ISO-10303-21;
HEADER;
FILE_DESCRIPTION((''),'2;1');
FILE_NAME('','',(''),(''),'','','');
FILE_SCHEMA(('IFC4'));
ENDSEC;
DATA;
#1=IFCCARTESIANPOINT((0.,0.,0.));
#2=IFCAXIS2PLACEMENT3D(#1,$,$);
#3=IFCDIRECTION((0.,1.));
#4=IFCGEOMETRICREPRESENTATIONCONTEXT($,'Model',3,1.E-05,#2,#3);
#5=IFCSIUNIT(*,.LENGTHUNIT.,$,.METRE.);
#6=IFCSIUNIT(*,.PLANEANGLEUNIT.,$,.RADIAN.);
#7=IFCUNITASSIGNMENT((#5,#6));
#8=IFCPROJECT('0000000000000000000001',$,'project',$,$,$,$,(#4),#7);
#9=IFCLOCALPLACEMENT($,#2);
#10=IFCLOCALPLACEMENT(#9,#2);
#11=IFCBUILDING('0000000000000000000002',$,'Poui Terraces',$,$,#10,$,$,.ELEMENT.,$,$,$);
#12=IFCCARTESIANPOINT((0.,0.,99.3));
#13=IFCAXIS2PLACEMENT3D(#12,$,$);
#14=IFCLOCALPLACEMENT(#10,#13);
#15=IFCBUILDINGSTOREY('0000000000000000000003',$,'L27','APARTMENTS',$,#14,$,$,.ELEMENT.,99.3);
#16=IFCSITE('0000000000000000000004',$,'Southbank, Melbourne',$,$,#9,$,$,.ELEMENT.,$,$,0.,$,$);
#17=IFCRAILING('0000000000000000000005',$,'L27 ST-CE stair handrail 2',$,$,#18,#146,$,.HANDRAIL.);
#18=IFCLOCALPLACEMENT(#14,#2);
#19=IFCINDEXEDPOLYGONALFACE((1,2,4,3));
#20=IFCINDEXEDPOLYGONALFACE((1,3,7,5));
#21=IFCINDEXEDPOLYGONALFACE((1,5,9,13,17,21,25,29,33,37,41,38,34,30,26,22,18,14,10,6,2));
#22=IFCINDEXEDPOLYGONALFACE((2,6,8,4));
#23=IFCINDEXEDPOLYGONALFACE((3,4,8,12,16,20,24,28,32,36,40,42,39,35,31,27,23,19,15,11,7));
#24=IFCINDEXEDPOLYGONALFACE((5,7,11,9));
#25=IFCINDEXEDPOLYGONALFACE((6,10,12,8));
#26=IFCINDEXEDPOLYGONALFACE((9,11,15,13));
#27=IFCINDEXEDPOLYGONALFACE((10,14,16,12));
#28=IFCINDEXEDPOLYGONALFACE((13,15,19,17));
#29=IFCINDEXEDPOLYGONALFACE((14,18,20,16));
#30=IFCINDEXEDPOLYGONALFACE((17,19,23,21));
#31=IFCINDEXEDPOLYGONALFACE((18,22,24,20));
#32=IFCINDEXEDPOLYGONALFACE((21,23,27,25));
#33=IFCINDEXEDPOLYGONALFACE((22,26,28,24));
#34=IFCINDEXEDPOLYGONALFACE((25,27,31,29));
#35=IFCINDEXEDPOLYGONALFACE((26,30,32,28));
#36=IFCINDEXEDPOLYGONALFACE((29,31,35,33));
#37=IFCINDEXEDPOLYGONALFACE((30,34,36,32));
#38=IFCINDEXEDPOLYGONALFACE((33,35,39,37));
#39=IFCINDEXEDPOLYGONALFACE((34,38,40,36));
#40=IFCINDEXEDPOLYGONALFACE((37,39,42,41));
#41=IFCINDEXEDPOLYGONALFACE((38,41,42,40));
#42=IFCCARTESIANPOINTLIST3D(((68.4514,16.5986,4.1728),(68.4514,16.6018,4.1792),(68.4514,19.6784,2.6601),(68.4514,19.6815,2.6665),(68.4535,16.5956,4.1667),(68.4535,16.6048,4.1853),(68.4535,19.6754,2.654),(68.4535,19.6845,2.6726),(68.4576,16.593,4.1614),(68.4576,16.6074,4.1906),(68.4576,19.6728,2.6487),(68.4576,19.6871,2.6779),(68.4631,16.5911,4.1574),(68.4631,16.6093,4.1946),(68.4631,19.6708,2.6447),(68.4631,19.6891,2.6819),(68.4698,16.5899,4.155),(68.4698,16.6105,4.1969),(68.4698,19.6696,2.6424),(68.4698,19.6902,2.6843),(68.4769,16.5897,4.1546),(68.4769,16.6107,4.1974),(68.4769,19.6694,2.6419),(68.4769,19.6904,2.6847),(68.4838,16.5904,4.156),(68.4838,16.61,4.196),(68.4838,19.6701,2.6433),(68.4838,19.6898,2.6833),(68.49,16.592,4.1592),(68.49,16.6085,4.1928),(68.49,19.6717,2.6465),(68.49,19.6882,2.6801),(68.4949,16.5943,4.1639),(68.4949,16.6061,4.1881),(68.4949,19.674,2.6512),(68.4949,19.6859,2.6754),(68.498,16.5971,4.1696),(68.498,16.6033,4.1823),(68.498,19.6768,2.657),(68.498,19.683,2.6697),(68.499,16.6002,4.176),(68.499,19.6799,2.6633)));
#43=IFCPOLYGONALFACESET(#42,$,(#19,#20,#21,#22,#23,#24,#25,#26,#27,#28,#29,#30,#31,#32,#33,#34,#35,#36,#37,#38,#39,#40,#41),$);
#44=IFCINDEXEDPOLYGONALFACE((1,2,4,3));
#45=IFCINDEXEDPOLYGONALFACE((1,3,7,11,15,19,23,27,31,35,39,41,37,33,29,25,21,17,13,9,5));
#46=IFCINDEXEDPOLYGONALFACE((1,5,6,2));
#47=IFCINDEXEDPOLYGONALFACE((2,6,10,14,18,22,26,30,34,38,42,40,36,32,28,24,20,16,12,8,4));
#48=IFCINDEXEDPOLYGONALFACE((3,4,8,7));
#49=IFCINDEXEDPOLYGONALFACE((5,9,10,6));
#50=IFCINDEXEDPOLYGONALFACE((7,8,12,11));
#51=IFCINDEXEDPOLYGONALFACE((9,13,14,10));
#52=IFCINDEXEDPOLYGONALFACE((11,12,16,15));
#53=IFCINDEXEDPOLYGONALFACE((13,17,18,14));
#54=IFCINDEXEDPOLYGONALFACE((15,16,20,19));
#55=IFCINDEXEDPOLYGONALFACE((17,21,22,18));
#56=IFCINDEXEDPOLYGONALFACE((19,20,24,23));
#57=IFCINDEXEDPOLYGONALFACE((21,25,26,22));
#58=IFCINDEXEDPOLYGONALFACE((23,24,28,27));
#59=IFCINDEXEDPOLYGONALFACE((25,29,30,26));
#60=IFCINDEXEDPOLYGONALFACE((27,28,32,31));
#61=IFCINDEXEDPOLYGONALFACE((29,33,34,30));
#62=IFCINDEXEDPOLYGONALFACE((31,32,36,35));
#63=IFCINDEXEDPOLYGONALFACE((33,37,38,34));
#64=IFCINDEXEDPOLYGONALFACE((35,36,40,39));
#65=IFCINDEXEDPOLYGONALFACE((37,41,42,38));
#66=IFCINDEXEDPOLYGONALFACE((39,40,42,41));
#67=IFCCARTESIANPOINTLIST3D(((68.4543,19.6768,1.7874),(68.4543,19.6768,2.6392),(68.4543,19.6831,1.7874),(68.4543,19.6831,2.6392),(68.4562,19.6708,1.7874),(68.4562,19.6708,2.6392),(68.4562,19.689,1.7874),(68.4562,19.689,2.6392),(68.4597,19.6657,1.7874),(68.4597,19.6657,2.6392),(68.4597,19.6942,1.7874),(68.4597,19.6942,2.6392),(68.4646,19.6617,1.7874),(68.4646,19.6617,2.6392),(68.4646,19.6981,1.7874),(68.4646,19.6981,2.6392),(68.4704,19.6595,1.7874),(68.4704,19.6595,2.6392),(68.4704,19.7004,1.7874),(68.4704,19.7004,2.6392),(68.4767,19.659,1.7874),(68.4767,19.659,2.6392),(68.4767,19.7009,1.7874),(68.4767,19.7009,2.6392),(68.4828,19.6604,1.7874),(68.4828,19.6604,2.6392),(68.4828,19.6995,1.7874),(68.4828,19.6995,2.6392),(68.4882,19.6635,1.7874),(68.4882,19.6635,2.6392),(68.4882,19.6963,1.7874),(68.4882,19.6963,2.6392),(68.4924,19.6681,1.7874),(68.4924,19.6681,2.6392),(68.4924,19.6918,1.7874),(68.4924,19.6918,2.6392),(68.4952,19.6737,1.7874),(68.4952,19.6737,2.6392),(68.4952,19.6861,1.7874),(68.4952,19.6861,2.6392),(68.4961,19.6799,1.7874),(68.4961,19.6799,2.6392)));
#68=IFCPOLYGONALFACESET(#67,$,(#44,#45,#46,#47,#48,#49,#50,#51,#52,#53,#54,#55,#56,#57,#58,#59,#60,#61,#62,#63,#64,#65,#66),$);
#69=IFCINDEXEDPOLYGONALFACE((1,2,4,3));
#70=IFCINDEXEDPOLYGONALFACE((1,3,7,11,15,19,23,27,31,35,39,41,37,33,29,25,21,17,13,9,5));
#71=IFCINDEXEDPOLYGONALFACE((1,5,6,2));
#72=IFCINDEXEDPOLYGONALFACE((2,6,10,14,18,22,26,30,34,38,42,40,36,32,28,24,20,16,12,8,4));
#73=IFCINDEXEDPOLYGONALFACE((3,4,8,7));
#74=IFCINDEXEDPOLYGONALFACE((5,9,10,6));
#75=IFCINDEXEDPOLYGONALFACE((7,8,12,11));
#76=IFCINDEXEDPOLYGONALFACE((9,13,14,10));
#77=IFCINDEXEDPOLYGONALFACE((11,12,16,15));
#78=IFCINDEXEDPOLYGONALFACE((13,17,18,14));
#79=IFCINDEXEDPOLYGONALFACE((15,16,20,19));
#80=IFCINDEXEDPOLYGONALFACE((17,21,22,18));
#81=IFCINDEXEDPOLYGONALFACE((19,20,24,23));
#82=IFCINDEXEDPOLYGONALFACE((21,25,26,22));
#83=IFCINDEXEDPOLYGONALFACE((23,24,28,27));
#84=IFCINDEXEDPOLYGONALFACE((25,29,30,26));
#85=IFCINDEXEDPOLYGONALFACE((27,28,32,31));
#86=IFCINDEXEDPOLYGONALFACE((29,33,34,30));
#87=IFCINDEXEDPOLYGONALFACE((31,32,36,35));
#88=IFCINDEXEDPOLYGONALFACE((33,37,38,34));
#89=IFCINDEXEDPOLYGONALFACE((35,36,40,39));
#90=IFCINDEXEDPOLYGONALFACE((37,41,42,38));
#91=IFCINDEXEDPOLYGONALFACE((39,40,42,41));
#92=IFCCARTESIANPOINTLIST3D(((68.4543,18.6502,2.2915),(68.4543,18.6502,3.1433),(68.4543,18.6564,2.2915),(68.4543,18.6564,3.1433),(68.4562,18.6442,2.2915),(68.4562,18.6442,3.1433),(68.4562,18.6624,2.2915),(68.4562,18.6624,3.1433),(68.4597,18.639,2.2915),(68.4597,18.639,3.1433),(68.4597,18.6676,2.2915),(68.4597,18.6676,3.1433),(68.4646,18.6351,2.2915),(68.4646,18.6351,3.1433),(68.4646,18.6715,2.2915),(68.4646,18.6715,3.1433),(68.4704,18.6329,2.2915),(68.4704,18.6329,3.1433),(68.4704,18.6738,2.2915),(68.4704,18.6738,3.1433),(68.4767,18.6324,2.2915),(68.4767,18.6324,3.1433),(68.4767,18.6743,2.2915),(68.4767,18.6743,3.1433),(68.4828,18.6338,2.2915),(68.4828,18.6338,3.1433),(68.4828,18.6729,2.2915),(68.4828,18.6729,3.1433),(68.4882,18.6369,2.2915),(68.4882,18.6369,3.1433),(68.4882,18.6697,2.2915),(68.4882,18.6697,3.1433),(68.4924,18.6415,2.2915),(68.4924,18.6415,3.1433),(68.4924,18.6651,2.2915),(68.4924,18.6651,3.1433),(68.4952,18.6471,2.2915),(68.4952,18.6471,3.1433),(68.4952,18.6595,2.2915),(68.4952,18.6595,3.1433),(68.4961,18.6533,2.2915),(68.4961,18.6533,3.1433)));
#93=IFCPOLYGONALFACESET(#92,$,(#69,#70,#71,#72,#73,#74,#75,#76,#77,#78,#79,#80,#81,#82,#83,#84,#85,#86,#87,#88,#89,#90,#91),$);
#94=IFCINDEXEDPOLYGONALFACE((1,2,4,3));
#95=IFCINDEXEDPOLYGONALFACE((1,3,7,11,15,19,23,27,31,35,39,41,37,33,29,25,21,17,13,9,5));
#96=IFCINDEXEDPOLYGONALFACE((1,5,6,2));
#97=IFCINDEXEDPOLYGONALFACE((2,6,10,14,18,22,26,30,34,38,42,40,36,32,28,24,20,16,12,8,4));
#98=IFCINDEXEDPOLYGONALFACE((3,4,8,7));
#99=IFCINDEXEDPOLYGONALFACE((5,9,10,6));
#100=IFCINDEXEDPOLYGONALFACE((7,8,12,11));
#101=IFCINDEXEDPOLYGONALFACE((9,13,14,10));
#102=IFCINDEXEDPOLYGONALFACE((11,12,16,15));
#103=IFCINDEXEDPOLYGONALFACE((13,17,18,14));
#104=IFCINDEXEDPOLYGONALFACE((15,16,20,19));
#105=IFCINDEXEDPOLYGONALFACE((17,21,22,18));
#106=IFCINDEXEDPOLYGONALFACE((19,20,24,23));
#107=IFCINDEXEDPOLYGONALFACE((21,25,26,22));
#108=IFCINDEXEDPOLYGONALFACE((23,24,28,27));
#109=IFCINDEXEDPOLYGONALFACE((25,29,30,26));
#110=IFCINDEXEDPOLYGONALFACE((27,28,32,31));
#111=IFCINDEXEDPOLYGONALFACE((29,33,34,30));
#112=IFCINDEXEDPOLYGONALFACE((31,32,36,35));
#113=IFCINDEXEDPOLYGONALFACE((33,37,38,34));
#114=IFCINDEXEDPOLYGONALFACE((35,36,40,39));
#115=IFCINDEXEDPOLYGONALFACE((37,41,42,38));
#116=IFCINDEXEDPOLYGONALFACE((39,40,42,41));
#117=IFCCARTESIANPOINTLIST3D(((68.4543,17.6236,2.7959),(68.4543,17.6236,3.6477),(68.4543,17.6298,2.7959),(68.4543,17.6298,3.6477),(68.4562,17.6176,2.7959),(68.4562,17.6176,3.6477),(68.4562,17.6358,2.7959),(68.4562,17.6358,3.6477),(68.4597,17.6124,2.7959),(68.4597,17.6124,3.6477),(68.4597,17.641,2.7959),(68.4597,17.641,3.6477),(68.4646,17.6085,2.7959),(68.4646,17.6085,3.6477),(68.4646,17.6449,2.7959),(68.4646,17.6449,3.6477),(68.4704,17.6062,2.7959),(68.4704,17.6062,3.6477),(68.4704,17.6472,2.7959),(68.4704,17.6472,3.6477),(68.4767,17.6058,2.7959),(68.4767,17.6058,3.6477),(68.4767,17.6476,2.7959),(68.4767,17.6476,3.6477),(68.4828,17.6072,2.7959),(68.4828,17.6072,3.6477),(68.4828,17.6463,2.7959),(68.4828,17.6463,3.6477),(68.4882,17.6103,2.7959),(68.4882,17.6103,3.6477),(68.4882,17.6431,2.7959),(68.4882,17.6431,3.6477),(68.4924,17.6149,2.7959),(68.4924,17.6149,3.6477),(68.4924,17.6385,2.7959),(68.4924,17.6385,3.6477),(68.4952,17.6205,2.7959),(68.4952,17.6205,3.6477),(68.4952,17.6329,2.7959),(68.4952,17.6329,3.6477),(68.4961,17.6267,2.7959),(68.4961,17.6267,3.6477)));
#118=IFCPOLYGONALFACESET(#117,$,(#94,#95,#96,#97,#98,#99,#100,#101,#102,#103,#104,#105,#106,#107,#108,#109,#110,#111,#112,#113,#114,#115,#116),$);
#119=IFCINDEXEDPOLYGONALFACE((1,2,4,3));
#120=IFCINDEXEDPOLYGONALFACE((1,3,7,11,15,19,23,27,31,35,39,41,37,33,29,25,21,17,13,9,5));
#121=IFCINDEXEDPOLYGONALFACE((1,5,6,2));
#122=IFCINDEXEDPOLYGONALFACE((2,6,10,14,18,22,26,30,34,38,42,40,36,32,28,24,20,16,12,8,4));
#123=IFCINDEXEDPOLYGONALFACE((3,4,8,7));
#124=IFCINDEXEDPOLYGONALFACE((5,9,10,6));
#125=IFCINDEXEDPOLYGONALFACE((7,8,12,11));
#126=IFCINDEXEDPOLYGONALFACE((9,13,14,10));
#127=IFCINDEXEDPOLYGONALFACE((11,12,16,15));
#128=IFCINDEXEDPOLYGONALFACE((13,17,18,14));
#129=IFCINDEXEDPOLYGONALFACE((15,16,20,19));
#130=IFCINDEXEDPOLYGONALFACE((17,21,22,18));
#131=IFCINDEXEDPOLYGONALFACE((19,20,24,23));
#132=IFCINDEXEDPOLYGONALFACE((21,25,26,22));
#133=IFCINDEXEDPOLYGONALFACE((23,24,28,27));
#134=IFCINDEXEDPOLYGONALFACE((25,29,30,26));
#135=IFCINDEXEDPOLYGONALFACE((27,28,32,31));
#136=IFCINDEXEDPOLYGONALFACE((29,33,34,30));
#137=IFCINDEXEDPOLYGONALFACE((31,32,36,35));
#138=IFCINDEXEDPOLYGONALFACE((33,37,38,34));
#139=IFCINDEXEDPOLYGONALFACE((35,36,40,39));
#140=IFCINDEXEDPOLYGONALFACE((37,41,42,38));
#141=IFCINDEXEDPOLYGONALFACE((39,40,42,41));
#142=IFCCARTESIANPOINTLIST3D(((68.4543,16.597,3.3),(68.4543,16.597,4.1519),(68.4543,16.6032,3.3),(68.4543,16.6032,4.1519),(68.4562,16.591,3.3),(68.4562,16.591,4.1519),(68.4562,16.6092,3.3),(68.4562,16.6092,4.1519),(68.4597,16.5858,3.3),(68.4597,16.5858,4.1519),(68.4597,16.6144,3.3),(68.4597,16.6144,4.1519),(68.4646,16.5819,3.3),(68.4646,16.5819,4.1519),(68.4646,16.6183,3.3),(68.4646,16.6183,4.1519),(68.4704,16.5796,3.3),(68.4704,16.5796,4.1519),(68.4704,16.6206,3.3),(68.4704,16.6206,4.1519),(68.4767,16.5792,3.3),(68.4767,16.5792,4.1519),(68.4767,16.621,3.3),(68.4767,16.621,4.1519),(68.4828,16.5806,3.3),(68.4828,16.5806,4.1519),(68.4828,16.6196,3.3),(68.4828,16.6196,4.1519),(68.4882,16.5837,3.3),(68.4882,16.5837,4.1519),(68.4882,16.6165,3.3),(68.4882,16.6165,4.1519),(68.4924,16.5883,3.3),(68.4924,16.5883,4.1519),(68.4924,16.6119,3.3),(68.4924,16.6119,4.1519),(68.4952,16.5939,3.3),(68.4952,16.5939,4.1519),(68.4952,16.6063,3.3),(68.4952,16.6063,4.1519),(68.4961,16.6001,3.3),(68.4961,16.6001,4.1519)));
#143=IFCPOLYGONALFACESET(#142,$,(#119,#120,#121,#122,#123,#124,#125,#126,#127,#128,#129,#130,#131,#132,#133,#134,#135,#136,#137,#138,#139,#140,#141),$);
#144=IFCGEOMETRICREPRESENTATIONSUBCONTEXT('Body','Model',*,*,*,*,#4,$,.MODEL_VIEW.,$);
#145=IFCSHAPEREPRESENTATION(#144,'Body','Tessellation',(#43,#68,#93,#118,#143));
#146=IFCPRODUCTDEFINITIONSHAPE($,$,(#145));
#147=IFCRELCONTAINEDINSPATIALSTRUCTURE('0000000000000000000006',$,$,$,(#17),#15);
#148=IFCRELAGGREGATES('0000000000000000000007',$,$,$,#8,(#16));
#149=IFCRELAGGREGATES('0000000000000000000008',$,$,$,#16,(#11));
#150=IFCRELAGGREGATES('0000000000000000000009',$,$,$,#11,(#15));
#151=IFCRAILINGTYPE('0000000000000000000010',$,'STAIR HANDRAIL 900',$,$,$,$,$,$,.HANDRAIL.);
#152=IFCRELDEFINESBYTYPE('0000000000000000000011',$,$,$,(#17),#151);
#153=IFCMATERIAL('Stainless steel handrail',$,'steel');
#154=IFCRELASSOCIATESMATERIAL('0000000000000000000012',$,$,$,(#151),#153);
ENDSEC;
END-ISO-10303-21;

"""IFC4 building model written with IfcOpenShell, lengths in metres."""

from ifc_helpers import new_model, si_unit, direction, frame, origin, origin_2d, place, context, subcontext, project, spatial, circle, extrude, material, type_object, element, save


model = new_model("IFC4")

# Units and contexts
model_context = context("Model", 3, precision=1e-05, world=origin(), true_north=direction((0.0, 1.0)))
body_context = subcontext(model_context, "Body", "Model", "MODEL_VIEW")
ifc_project = project(units=[si_unit("LENGTHUNIT", "METRE"), si_unit("PLANEANGLEUNIT", "RADIAN")], contexts=[model_context])

# Site, building, storey
site_placement = place(None, origin())
site = spatial("IfcSite", under=ifc_project, at=site_placement, Name="Southbank, Melbourne", CompositionType="ELEMENT", RefElevation=0.0)
building_placement = place(site_placement, origin())
building = spatial("IfcBuilding", under=site, at=building_placement, Name="Poui Terraces", CompositionType="ELEMENT")
storey_placement = place(building_placement, frame((0.0, 0.0, 99.3)))
storey = spatial("IfcBuildingStorey", under=building, at=storey_placement, Name="L27", Description="APARTMENTS", CompositionType="ELEMENT", Elevation=99.3)

# Railing
ifc_material_1 = material(Name="Stainless steel handrail", Category="steel")
railing_type_1 = type_object("IfcRailingType", Name="STAIR HANDRAIL 900", PredefinedType="HANDRAIL", material=ifc_material_1)
railing_1_placement = place(storey_placement, frame((68.4751, 19.6799, 1.7874)))
element("IfcRailing", 1, at=railing_1_placement, inside=storey, type_object=railing_type_1, Name="L27 ST-CE stair handrail 2", PredefinedType="HANDRAIL", context=body_context, shape_type="SweptSolid", body=[
    extrude(circle(Radius=0.0239, at=origin_2d()), frame((0.0, 0.0, 0.876), z_axis=(0.0, -0.897578, 0.440856), x_axis=(1.0, 0.0, 0.0)), (0.0, 0.0, 1.0), 3.4312),
    extrude(circle(Radius=0.021, at=origin_2d()), origin(), (0.0, 0.0, 1.0), 0.8518),
    extrude(circle(Radius=0.021, at=origin_2d()), frame((0.0, -1.0266, 0.5042)), (0.0, 0.0, 1.0), 0.8518),
    extrude(circle(Radius=0.021, at=origin_2d()), frame((0.0, -2.0532, 1.0085)), (0.0, 0.0, 1.0), 0.8518),
    extrude(circle(Radius=0.021, at=origin_2d()), frame((0.0, -3.0798, 1.5127)), (0.0, 0.0, 1.0), 0.8518),
])

save(model, "model.ifc")
